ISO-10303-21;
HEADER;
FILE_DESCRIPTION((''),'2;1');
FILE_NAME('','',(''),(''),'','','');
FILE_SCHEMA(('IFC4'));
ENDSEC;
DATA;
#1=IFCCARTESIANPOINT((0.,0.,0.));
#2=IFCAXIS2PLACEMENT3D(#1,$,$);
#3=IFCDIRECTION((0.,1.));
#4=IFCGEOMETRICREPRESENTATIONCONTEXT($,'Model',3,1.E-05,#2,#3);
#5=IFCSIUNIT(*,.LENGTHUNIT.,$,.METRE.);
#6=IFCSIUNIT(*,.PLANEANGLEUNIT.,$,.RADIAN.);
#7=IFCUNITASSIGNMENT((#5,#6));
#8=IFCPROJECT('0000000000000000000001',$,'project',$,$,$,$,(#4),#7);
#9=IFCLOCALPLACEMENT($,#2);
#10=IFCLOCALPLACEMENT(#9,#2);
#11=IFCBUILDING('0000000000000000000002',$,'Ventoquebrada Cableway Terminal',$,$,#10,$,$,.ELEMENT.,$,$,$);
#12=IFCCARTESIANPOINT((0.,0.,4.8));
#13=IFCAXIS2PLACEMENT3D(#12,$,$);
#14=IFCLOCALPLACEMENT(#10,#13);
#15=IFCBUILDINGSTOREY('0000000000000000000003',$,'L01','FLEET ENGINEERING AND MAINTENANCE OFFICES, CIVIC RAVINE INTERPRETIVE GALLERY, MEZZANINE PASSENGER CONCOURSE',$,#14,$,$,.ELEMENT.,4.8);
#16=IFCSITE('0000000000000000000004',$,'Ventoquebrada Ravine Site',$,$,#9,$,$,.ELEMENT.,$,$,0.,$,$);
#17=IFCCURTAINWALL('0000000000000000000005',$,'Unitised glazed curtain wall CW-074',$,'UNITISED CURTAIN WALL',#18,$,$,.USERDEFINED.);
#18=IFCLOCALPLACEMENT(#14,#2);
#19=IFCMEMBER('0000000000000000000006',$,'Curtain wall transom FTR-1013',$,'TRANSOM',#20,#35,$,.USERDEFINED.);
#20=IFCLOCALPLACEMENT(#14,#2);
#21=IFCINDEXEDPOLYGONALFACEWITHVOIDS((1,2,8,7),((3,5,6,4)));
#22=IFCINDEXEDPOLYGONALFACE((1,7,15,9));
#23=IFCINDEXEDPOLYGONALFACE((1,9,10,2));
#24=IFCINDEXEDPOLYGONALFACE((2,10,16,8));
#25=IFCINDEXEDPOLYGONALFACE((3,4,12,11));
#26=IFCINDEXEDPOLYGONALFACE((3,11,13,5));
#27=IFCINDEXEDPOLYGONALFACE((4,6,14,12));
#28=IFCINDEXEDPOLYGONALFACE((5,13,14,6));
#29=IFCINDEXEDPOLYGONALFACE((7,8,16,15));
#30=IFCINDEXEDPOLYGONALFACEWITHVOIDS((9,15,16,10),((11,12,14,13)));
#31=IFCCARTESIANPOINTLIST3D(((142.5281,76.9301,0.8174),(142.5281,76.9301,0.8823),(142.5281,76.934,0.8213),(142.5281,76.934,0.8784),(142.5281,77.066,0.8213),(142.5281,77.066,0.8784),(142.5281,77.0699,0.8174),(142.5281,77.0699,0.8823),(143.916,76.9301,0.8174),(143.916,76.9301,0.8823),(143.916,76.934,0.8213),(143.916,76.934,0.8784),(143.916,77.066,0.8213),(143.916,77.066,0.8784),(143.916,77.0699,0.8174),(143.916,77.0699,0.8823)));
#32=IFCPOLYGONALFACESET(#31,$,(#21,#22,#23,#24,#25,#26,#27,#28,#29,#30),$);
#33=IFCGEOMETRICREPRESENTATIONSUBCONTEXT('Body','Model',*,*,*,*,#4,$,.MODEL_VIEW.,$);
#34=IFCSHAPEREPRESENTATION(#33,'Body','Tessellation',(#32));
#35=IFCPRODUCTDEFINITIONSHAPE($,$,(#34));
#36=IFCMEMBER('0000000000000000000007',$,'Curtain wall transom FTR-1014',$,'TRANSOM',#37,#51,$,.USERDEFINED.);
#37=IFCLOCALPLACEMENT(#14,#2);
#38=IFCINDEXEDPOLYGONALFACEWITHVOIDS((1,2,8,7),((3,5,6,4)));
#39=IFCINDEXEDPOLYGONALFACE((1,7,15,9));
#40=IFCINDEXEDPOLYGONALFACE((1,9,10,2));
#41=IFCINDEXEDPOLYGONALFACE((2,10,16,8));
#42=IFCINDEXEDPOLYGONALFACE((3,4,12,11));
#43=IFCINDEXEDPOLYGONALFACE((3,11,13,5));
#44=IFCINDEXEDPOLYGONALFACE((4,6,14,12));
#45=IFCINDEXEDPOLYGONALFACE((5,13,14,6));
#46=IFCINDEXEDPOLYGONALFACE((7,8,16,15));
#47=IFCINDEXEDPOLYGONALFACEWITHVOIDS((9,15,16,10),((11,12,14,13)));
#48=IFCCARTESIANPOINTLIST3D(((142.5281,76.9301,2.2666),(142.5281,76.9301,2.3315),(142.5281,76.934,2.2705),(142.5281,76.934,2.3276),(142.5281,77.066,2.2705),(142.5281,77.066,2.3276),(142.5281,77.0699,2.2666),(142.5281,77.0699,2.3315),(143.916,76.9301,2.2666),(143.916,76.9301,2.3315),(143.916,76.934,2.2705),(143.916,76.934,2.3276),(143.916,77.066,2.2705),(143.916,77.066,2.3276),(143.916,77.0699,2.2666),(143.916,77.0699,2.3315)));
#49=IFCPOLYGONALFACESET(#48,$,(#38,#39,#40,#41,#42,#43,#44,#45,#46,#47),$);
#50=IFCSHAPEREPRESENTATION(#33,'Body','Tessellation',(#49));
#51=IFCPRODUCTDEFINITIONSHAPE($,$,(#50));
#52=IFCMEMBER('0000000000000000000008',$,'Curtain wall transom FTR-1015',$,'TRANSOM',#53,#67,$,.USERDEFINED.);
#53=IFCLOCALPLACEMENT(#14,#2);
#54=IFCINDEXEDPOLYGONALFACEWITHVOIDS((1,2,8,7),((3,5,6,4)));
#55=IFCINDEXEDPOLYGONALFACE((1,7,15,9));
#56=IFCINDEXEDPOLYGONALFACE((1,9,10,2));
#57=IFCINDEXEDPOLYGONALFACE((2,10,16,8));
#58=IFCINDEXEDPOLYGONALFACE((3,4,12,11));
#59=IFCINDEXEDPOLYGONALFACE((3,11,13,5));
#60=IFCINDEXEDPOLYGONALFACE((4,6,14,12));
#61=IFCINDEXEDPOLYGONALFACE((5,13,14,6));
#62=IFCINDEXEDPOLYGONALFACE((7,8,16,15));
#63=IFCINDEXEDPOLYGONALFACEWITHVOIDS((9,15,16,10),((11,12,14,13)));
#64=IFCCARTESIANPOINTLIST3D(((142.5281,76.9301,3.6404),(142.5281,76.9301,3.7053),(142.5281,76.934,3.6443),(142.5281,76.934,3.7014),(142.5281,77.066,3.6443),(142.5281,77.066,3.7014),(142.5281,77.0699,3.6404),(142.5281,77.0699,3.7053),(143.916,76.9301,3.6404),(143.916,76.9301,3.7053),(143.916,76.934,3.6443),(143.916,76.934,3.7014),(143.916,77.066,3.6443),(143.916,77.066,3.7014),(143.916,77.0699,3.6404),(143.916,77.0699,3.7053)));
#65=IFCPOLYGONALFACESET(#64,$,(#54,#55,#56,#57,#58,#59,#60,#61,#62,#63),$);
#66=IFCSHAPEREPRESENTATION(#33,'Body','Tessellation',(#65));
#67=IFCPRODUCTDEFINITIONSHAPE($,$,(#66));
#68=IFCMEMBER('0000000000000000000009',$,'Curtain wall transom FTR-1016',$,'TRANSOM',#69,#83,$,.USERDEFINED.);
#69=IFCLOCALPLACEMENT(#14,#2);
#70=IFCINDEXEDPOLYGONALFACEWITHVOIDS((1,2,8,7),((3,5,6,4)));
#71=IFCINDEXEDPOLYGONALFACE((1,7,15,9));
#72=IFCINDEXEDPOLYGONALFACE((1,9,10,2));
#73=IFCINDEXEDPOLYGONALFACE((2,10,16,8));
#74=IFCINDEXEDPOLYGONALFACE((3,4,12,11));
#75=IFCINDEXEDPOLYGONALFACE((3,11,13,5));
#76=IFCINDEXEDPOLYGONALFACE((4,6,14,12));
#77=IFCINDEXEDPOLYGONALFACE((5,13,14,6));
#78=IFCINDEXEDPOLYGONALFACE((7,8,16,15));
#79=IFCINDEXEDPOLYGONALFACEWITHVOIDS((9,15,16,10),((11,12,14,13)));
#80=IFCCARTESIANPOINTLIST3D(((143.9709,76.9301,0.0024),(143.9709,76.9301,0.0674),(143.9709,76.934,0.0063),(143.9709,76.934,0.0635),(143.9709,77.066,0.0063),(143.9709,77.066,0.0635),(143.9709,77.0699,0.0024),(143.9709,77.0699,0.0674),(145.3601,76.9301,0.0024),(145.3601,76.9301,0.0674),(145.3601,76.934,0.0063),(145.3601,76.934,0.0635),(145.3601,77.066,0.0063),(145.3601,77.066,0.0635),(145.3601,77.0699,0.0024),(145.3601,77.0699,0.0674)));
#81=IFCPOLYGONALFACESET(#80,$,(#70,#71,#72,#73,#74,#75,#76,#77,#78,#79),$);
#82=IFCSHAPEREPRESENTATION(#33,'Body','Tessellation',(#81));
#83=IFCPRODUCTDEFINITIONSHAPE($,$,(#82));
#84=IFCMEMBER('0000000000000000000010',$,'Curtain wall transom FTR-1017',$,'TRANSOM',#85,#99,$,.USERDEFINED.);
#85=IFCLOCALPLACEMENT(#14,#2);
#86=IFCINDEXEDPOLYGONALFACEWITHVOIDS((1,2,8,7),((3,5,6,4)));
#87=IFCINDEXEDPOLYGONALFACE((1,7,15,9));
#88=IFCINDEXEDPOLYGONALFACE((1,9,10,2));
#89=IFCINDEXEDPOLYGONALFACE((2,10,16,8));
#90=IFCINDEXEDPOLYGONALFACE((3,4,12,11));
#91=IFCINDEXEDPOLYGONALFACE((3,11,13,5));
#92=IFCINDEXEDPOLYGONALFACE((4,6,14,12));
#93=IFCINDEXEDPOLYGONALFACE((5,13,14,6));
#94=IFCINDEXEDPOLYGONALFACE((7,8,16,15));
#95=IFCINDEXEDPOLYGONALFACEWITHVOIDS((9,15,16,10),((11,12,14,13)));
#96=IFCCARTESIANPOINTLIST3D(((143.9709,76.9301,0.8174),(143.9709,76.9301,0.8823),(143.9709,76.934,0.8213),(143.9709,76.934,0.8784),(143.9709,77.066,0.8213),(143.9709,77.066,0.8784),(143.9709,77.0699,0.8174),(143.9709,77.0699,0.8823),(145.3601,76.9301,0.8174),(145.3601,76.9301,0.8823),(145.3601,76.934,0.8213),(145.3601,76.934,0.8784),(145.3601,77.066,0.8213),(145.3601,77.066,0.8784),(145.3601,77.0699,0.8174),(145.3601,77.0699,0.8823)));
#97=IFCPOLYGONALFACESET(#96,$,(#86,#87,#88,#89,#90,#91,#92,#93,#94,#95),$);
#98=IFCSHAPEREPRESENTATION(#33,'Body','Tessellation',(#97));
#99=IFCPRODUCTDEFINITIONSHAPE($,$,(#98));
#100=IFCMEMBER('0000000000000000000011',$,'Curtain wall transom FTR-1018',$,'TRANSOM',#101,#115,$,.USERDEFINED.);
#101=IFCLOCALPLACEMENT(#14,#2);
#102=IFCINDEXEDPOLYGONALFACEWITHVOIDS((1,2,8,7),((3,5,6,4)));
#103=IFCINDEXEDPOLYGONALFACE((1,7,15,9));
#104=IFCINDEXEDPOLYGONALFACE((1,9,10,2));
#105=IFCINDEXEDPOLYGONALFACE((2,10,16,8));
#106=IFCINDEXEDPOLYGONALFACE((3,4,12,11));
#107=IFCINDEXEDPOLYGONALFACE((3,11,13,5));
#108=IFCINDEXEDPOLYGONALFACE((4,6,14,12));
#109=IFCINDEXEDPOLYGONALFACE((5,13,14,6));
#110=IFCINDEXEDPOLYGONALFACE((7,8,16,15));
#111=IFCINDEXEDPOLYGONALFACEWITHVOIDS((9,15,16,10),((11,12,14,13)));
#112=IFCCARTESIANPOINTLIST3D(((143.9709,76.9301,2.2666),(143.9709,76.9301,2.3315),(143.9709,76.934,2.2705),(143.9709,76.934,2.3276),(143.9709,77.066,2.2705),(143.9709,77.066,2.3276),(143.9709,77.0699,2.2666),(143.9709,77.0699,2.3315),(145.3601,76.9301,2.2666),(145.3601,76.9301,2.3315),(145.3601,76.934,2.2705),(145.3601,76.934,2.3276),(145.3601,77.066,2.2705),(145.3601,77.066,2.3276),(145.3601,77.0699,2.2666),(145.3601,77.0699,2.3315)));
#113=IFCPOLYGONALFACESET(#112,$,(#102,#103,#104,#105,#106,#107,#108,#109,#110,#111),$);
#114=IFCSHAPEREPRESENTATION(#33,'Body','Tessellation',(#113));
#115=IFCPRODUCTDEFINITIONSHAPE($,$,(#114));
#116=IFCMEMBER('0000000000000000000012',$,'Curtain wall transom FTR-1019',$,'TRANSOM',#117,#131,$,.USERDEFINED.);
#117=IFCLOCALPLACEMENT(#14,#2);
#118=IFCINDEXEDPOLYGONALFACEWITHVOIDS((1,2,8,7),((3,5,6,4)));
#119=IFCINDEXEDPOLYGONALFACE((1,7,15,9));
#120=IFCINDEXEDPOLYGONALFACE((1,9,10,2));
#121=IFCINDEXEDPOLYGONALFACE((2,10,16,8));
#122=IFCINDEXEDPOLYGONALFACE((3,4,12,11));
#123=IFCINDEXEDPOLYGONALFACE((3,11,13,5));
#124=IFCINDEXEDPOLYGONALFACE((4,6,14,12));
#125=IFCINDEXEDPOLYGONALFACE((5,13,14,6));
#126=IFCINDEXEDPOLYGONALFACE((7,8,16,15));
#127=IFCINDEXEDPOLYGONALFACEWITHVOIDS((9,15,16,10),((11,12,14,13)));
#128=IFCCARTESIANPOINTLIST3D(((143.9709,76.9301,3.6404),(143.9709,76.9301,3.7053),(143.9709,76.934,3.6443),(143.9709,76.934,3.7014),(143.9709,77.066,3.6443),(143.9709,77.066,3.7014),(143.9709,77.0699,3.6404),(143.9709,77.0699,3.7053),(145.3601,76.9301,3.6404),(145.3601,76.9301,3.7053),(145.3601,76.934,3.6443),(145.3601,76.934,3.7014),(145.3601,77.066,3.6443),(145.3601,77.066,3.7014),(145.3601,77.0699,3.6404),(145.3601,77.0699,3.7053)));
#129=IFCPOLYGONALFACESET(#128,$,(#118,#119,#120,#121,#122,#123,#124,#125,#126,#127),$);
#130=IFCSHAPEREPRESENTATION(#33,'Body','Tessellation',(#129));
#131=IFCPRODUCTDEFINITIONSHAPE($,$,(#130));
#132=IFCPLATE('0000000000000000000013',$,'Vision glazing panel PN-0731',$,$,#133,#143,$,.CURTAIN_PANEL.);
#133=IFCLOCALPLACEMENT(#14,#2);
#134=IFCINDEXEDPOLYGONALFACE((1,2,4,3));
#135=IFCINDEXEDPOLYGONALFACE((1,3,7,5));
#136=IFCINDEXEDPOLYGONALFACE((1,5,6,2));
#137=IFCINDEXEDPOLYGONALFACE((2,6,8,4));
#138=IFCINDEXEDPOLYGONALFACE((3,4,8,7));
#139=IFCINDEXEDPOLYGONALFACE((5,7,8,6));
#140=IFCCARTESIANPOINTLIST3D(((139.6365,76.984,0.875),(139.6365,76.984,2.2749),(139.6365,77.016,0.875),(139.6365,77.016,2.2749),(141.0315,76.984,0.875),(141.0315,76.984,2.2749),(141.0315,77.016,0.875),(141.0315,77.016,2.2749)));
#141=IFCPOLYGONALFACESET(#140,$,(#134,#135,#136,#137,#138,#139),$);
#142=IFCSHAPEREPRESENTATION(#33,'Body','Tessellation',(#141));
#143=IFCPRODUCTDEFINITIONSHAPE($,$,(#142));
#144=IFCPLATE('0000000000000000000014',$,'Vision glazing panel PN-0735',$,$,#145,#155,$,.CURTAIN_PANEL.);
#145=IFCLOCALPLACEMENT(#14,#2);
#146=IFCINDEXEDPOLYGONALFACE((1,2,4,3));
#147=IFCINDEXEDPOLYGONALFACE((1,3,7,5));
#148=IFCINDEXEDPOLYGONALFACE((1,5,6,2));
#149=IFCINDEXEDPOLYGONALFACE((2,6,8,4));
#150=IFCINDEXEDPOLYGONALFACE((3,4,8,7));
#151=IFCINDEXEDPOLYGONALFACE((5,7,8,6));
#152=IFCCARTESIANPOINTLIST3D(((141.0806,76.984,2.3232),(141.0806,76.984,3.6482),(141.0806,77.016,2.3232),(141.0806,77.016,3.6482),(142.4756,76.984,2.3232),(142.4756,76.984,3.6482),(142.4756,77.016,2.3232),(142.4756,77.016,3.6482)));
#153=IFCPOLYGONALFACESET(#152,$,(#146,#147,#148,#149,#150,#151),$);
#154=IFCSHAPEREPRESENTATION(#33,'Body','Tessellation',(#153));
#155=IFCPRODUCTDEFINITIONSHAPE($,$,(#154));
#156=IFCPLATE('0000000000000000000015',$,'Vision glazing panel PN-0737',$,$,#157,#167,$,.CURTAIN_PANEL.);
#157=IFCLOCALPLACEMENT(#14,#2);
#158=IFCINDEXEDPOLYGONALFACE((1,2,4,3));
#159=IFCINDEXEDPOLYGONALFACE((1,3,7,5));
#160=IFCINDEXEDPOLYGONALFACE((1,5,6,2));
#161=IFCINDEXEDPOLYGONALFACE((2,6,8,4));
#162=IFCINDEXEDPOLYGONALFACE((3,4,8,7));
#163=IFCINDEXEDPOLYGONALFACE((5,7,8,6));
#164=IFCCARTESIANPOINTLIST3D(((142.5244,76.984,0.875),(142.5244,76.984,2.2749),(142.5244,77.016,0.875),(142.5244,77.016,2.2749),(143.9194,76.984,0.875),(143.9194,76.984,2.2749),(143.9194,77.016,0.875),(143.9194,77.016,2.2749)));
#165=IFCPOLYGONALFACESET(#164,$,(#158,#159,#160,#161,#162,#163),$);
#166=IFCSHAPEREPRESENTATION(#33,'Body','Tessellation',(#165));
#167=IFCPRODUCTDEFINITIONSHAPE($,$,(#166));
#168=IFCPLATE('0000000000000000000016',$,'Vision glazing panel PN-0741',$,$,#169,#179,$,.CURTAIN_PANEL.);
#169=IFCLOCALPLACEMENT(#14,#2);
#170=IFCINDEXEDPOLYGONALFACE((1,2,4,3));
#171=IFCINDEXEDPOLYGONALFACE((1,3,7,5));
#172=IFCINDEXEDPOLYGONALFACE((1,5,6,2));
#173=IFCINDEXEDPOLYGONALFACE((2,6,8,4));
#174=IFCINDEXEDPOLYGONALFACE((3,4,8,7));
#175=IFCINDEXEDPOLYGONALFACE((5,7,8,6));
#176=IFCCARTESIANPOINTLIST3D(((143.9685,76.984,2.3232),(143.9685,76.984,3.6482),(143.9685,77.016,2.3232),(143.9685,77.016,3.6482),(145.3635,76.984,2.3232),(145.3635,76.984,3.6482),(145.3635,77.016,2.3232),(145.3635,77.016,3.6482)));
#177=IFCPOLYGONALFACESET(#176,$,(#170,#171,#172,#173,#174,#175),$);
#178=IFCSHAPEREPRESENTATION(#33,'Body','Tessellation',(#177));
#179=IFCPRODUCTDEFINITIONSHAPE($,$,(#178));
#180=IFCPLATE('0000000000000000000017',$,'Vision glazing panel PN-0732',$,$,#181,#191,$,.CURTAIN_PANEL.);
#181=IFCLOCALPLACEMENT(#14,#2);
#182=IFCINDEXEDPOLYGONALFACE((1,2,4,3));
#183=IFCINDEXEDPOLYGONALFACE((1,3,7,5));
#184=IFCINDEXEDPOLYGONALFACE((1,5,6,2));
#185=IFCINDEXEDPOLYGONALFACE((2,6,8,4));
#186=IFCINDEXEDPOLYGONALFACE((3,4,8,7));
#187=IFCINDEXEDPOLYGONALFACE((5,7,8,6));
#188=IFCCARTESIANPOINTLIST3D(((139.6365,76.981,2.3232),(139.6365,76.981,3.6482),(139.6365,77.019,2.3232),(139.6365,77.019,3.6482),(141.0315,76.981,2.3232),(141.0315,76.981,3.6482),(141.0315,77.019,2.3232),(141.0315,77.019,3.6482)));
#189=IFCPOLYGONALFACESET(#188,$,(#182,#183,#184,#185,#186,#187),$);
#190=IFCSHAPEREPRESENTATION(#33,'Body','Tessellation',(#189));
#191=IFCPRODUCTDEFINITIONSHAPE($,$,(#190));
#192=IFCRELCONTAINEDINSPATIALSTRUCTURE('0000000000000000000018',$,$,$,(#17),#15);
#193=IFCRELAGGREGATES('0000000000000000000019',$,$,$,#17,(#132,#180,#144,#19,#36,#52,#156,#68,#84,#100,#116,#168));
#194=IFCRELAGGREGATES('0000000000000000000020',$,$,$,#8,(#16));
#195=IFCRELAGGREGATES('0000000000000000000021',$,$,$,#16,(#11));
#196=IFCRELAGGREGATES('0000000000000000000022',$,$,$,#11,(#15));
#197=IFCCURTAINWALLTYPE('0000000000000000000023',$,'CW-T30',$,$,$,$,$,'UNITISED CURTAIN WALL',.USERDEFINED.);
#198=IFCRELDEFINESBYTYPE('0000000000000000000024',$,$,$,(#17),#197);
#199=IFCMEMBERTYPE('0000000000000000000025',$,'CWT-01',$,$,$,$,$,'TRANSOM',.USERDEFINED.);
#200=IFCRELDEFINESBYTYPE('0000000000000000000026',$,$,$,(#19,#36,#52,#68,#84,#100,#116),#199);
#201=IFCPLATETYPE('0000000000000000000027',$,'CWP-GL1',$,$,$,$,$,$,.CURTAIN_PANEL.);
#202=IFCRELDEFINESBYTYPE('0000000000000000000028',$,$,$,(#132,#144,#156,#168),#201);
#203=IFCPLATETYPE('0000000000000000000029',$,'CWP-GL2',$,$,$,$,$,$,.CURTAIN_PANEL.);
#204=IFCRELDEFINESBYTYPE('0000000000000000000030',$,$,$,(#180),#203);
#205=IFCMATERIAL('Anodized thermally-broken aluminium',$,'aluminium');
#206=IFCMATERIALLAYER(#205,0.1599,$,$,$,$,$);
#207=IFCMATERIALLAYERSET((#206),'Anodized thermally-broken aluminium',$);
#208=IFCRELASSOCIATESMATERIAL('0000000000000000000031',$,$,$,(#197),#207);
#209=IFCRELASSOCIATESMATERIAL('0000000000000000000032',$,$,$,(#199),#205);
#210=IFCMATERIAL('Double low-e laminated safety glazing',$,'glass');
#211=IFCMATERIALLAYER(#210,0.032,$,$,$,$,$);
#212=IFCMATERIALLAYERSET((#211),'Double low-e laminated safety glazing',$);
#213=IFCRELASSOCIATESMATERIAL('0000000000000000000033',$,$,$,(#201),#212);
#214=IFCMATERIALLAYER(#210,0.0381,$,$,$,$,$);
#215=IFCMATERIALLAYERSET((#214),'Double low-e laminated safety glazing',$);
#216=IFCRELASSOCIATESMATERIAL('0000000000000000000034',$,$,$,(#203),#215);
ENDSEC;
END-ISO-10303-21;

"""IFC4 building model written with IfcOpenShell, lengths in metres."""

from ifc_helpers import new_model, si_unit, direction, frame, origin, origin_2d, place, context, subcontext, project, spatial, rectangle, hollow_rectangle, extrude, material, layer, layer_set, material_profile, profile_set, type_object, element, aggregate, save


model = new_model("IFC4")

# Units and contexts
model_context = context("Model", 3, precision=1e-05, world=origin(), true_north=direction((0.0, 1.0)))
body_context = subcontext(model_context, "Body", "Model", "MODEL_VIEW")
ifc_project = project(units=[si_unit("LENGTHUNIT", "METRE"), si_unit("PLANEANGLEUNIT", "RADIAN")], contexts=[model_context])

# Site, building, storey
site_placement = place(None, origin())
site = spatial("IfcSite", under=ifc_project, at=site_placement, Name="Ventoquebrada Ravine Site", CompositionType="ELEMENT", RefElevation=0.0)
building_placement = place(site_placement, origin())
building = spatial("IfcBuilding", under=site, at=building_placement, Name="Ventoquebrada Cableway Terminal", CompositionType="ELEMENT")
storey_placement = place(building_placement, frame((0.0, 0.0, 4.8)))
storey = spatial("IfcBuildingStorey", under=building, at=storey_placement, Name="L01", Description="FLEET ENGINEERING AND MAINTENANCE OFFICES, CIVIC RAVINE INTERPRETIVE GALLERY, MEZZANINE PASSENGER CONCOURSE", CompositionType="ELEMENT", Elevation=4.8)

# Curtain wall, members, plates
ifc_material_1 = material(Name="Anodized thermally-broken aluminium", Category="aluminium")
ifc_layer_1 = layer(ifc_material_1, 0.1599)
ifc_layer_set_1 = layer_set([ifc_layer_1], Name="Anodized thermally-broken aluminium")
curtain_wall_type = type_object("IfcCurtainWallType", Name="CW-T30", ElementType="UNITISED CURTAIN WALL", PredefinedType="USERDEFINED", material=ifc_layer_set_1)
curtain_wall_placement = place(storey_placement, origin())
curtain_wall = element("IfcCurtainWall", 1, at=curtain_wall_placement, inside=storey, type_object=curtain_wall_type, Name="Unitised glazed curtain wall CW-074", ObjectType="UNITISED CURTAIN WALL", PredefinedType="USERDEFINED")
ifc_material_profile_1 = material_profile(ifc_material_1, hollow_rectangle(XDim=0.0649, YDim=0.1399, WallThickness=0.0039, at=origin_2d()), Name="CW-TRN-65X140")
ifc_profile_set_1 = profile_set([ifc_material_profile_1], Name="Anodized thermally-broken aluminium")
member_type_1 = type_object("IfcMemberType", Name="CWT-01", ElementType="TRANSOM", PredefinedType="USERDEFINED", material=ifc_profile_set_1)
member_1_placement = place(storey_placement, frame((142.5281, 77.0, 0.8499), z_axis=(1.0, 0.0, 0.0), x_axis=(0.0, 0.0, 1.0)))
member_1 = element("IfcMember", 2, at=member_1_placement, type_object=member_type_1, Name="Curtain wall transom FTR-1013", ObjectType="TRANSOM", PredefinedType="USERDEFINED", context=body_context, shape_type="SweptSolid", body=[
    extrude(hollow_rectangle(XDim=0.0649, YDim=0.1399, WallThickness=0.0039, at=origin_2d()), origin(), (0.0, 0.0, 1.0), 1.3879),
])
member_2_placement = place(storey_placement, frame((142.5281, 77.0, 2.2991), z_axis=(1.0, 0.0, 0.0), x_axis=(0.0, 0.0, 1.0)))
member_2 = element("IfcMember", 3, at=member_2_placement, type_object=member_type_1, Name="Curtain wall transom FTR-1014", ObjectType="TRANSOM", PredefinedType="USERDEFINED", context=body_context, shape_type="SweptSolid", body=[
    extrude(hollow_rectangle(XDim=0.0649, YDim=0.1399, WallThickness=0.0039, at=origin_2d()), origin(), (0.0, 0.0, 1.0), 1.3879),
])
member_3_placement = place(storey_placement, frame((142.5281, 77.0, 3.6729), z_axis=(1.0, 0.0, 0.0), x_axis=(0.0, 0.0, 1.0)))
member_3 = element("IfcMember", 4, at=member_3_placement, type_object=member_type_1, Name="Curtain wall transom FTR-1015", ObjectType="TRANSOM", PredefinedType="USERDEFINED", context=body_context, shape_type="SweptSolid", body=[
    extrude(hollow_rectangle(XDim=0.0649, YDim=0.1399, WallThickness=0.0039, at=origin_2d()), origin(), (0.0, 0.0, 1.0), 1.3879),
])
member_4_placement = place(storey_placement, frame((143.9709, 77.0, 0.0349), z_axis=(1.0, 0.0, 0.0), x_axis=(0.0, 0.0, 1.0)))
member_4 = element("IfcMember", 5, at=member_4_placement, type_object=member_type_1, Name="Curtain wall transom FTR-1016", ObjectType="TRANSOM", PredefinedType="USERDEFINED", context=body_context, shape_type="SweptSolid", body=[
    extrude(hollow_rectangle(XDim=0.0649, YDim=0.1399, WallThickness=0.0039, at=origin_2d()), origin(), (0.0, 0.0, 1.0), 1.3892),
])
member_5_placement = place(storey_placement, frame((143.9709, 77.0, 0.8499), z_axis=(1.0, 0.0, 0.0), x_axis=(0.0, 0.0, 1.0)))
member_5 = element("IfcMember", 6, at=member_5_placement, type_object=member_type_1, Name="Curtain wall transom FTR-1017", ObjectType="TRANSOM", PredefinedType="USERDEFINED", context=body_context, shape_type="SweptSolid", body=[
    extrude(hollow_rectangle(XDim=0.0649, YDim=0.1399, WallThickness=0.0039, at=origin_2d()), origin(), (0.0, 0.0, 1.0), 1.3892),
])
member_6_placement = place(storey_placement, frame((143.9709, 77.0, 2.2991), z_axis=(1.0, 0.0, 0.0), x_axis=(0.0, 0.0, 1.0)))
member_6 = element("IfcMember", 7, at=member_6_placement, type_object=member_type_1, Name="Curtain wall transom FTR-1018", ObjectType="TRANSOM", PredefinedType="USERDEFINED", context=body_context, shape_type="SweptSolid", body=[
    extrude(hollow_rectangle(XDim=0.0649, YDim=0.1399, WallThickness=0.0039, at=origin_2d()), origin(), (0.0, 0.0, 1.0), 1.3892),
])
member_7_placement = place(storey_placement, frame((143.9709, 77.0, 3.6729), z_axis=(1.0, 0.0, 0.0), x_axis=(0.0, 0.0, 1.0)))
member_7 = element("IfcMember", 8, at=member_7_placement, type_object=member_type_1, Name="Curtain wall transom FTR-1019", ObjectType="TRANSOM", PredefinedType="USERDEFINED", context=body_context, shape_type="SweptSolid", body=[
    extrude(hollow_rectangle(XDim=0.0649, YDim=0.1399, WallThickness=0.0039, at=origin_2d()), origin(), (0.0, 0.0, 1.0), 1.3892),
])
ifc_material_2 = material(Name="Double low-e laminated safety glazing", Category="glass")
ifc_layer_2 = layer(ifc_material_2, 0.032)
ifc_layer_set_2 = layer_set([ifc_layer_2], Name="Double low-e laminated safety glazing")
plate_type_1 = type_object("IfcPlateType", Name="CWP-GL1", PredefinedType="CURTAIN_PANEL", material=ifc_layer_set_2)
plate_1_placement = place(storey_placement, frame((140.334, 77.0, 0.875), z_axis=(0.0, 0.0, 1.0), x_axis=(1.0, 0.0, 0.0)))
plate_1 = element("IfcPlate", 9, at=plate_1_placement, type_object=plate_type_1, Name="Vision glazing panel PN-0731", PredefinedType="CURTAIN_PANEL", context=body_context, shape_type="SweptSolid", body=[
    extrude(rectangle(XDim=1.395, YDim=0.032, at=origin_2d()), origin(), (0.0, 0.0, 1.0), 1.3999),
])
plate_2_placement = place(storey_placement, frame((141.7781, 77.0, 2.3232), z_axis=(0.0, 0.0, 1.0), x_axis=(1.0, 0.0, 0.0)))
plate_2 = element("IfcPlate", 10, at=plate_2_placement, type_object=plate_type_1, Name="Vision glazing panel PN-0735", PredefinedType="CURTAIN_PANEL", context=body_context, shape_type="SweptSolid", body=[
    extrude(rectangle(XDim=1.395, YDim=0.032, at=origin_2d()), origin(), (0.0, 0.0, 1.0), 1.325),
])
plate_3_placement = place(storey_placement, frame((143.2219, 77.0, 0.875), z_axis=(0.0, 0.0, 1.0), x_axis=(1.0, 0.0, 0.0)))
plate_3 = element("IfcPlate", 11, at=plate_3_placement, type_object=plate_type_1, Name="Vision glazing panel PN-0737", PredefinedType="CURTAIN_PANEL", context=body_context, shape_type="SweptSolid", body=[
    extrude(rectangle(XDim=1.395, YDim=0.032, at=origin_2d()), origin(), (0.0, 0.0, 1.0), 1.3999),
])
plate_4_placement = place(storey_placement, frame((144.666, 77.0, 2.3232), z_axis=(0.0, 0.0, 1.0), x_axis=(1.0, 0.0, 0.0)))
plate_4 = element("IfcPlate", 12, at=plate_4_placement, type_object=plate_type_1, Name="Vision glazing panel PN-0741", PredefinedType="CURTAIN_PANEL", context=body_context, shape_type="SweptSolid", body=[
    extrude(rectangle(XDim=1.395, YDim=0.032, at=origin_2d()), origin(), (0.0, 0.0, 1.0), 1.325),
])
ifc_layer_3 = layer(ifc_material_2, 0.0381)
ifc_layer_set_3 = layer_set([ifc_layer_3], Name="Double low-e laminated safety glazing")
plate_type_2 = type_object("IfcPlateType", Name="CWP-GL2", PredefinedType="CURTAIN_PANEL", material=ifc_layer_set_3)
plate_5_placement = place(storey_placement, frame((140.334, 77.0, 2.3232), z_axis=(0.0, 0.0, 1.0), x_axis=(1.0, 0.0, 0.0)))
plate_5 = element("IfcPlate", 13, at=plate_5_placement, type_object=plate_type_2, Name="Vision glazing panel PN-0732", PredefinedType="CURTAIN_PANEL", context=body_context, shape_type="SweptSolid", body=[
    extrude(rectangle(XDim=1.395, YDim=0.0381, at=origin_2d()), origin(), (0.0, 0.0, 1.0), 1.325),
])
aggregate(curtain_wall, [plate_1, plate_5, plate_2, member_1, member_2, member_3, plate_3, member_4, member_5, member_6, member_7, plate_4])

save(model, "model.ifc")
